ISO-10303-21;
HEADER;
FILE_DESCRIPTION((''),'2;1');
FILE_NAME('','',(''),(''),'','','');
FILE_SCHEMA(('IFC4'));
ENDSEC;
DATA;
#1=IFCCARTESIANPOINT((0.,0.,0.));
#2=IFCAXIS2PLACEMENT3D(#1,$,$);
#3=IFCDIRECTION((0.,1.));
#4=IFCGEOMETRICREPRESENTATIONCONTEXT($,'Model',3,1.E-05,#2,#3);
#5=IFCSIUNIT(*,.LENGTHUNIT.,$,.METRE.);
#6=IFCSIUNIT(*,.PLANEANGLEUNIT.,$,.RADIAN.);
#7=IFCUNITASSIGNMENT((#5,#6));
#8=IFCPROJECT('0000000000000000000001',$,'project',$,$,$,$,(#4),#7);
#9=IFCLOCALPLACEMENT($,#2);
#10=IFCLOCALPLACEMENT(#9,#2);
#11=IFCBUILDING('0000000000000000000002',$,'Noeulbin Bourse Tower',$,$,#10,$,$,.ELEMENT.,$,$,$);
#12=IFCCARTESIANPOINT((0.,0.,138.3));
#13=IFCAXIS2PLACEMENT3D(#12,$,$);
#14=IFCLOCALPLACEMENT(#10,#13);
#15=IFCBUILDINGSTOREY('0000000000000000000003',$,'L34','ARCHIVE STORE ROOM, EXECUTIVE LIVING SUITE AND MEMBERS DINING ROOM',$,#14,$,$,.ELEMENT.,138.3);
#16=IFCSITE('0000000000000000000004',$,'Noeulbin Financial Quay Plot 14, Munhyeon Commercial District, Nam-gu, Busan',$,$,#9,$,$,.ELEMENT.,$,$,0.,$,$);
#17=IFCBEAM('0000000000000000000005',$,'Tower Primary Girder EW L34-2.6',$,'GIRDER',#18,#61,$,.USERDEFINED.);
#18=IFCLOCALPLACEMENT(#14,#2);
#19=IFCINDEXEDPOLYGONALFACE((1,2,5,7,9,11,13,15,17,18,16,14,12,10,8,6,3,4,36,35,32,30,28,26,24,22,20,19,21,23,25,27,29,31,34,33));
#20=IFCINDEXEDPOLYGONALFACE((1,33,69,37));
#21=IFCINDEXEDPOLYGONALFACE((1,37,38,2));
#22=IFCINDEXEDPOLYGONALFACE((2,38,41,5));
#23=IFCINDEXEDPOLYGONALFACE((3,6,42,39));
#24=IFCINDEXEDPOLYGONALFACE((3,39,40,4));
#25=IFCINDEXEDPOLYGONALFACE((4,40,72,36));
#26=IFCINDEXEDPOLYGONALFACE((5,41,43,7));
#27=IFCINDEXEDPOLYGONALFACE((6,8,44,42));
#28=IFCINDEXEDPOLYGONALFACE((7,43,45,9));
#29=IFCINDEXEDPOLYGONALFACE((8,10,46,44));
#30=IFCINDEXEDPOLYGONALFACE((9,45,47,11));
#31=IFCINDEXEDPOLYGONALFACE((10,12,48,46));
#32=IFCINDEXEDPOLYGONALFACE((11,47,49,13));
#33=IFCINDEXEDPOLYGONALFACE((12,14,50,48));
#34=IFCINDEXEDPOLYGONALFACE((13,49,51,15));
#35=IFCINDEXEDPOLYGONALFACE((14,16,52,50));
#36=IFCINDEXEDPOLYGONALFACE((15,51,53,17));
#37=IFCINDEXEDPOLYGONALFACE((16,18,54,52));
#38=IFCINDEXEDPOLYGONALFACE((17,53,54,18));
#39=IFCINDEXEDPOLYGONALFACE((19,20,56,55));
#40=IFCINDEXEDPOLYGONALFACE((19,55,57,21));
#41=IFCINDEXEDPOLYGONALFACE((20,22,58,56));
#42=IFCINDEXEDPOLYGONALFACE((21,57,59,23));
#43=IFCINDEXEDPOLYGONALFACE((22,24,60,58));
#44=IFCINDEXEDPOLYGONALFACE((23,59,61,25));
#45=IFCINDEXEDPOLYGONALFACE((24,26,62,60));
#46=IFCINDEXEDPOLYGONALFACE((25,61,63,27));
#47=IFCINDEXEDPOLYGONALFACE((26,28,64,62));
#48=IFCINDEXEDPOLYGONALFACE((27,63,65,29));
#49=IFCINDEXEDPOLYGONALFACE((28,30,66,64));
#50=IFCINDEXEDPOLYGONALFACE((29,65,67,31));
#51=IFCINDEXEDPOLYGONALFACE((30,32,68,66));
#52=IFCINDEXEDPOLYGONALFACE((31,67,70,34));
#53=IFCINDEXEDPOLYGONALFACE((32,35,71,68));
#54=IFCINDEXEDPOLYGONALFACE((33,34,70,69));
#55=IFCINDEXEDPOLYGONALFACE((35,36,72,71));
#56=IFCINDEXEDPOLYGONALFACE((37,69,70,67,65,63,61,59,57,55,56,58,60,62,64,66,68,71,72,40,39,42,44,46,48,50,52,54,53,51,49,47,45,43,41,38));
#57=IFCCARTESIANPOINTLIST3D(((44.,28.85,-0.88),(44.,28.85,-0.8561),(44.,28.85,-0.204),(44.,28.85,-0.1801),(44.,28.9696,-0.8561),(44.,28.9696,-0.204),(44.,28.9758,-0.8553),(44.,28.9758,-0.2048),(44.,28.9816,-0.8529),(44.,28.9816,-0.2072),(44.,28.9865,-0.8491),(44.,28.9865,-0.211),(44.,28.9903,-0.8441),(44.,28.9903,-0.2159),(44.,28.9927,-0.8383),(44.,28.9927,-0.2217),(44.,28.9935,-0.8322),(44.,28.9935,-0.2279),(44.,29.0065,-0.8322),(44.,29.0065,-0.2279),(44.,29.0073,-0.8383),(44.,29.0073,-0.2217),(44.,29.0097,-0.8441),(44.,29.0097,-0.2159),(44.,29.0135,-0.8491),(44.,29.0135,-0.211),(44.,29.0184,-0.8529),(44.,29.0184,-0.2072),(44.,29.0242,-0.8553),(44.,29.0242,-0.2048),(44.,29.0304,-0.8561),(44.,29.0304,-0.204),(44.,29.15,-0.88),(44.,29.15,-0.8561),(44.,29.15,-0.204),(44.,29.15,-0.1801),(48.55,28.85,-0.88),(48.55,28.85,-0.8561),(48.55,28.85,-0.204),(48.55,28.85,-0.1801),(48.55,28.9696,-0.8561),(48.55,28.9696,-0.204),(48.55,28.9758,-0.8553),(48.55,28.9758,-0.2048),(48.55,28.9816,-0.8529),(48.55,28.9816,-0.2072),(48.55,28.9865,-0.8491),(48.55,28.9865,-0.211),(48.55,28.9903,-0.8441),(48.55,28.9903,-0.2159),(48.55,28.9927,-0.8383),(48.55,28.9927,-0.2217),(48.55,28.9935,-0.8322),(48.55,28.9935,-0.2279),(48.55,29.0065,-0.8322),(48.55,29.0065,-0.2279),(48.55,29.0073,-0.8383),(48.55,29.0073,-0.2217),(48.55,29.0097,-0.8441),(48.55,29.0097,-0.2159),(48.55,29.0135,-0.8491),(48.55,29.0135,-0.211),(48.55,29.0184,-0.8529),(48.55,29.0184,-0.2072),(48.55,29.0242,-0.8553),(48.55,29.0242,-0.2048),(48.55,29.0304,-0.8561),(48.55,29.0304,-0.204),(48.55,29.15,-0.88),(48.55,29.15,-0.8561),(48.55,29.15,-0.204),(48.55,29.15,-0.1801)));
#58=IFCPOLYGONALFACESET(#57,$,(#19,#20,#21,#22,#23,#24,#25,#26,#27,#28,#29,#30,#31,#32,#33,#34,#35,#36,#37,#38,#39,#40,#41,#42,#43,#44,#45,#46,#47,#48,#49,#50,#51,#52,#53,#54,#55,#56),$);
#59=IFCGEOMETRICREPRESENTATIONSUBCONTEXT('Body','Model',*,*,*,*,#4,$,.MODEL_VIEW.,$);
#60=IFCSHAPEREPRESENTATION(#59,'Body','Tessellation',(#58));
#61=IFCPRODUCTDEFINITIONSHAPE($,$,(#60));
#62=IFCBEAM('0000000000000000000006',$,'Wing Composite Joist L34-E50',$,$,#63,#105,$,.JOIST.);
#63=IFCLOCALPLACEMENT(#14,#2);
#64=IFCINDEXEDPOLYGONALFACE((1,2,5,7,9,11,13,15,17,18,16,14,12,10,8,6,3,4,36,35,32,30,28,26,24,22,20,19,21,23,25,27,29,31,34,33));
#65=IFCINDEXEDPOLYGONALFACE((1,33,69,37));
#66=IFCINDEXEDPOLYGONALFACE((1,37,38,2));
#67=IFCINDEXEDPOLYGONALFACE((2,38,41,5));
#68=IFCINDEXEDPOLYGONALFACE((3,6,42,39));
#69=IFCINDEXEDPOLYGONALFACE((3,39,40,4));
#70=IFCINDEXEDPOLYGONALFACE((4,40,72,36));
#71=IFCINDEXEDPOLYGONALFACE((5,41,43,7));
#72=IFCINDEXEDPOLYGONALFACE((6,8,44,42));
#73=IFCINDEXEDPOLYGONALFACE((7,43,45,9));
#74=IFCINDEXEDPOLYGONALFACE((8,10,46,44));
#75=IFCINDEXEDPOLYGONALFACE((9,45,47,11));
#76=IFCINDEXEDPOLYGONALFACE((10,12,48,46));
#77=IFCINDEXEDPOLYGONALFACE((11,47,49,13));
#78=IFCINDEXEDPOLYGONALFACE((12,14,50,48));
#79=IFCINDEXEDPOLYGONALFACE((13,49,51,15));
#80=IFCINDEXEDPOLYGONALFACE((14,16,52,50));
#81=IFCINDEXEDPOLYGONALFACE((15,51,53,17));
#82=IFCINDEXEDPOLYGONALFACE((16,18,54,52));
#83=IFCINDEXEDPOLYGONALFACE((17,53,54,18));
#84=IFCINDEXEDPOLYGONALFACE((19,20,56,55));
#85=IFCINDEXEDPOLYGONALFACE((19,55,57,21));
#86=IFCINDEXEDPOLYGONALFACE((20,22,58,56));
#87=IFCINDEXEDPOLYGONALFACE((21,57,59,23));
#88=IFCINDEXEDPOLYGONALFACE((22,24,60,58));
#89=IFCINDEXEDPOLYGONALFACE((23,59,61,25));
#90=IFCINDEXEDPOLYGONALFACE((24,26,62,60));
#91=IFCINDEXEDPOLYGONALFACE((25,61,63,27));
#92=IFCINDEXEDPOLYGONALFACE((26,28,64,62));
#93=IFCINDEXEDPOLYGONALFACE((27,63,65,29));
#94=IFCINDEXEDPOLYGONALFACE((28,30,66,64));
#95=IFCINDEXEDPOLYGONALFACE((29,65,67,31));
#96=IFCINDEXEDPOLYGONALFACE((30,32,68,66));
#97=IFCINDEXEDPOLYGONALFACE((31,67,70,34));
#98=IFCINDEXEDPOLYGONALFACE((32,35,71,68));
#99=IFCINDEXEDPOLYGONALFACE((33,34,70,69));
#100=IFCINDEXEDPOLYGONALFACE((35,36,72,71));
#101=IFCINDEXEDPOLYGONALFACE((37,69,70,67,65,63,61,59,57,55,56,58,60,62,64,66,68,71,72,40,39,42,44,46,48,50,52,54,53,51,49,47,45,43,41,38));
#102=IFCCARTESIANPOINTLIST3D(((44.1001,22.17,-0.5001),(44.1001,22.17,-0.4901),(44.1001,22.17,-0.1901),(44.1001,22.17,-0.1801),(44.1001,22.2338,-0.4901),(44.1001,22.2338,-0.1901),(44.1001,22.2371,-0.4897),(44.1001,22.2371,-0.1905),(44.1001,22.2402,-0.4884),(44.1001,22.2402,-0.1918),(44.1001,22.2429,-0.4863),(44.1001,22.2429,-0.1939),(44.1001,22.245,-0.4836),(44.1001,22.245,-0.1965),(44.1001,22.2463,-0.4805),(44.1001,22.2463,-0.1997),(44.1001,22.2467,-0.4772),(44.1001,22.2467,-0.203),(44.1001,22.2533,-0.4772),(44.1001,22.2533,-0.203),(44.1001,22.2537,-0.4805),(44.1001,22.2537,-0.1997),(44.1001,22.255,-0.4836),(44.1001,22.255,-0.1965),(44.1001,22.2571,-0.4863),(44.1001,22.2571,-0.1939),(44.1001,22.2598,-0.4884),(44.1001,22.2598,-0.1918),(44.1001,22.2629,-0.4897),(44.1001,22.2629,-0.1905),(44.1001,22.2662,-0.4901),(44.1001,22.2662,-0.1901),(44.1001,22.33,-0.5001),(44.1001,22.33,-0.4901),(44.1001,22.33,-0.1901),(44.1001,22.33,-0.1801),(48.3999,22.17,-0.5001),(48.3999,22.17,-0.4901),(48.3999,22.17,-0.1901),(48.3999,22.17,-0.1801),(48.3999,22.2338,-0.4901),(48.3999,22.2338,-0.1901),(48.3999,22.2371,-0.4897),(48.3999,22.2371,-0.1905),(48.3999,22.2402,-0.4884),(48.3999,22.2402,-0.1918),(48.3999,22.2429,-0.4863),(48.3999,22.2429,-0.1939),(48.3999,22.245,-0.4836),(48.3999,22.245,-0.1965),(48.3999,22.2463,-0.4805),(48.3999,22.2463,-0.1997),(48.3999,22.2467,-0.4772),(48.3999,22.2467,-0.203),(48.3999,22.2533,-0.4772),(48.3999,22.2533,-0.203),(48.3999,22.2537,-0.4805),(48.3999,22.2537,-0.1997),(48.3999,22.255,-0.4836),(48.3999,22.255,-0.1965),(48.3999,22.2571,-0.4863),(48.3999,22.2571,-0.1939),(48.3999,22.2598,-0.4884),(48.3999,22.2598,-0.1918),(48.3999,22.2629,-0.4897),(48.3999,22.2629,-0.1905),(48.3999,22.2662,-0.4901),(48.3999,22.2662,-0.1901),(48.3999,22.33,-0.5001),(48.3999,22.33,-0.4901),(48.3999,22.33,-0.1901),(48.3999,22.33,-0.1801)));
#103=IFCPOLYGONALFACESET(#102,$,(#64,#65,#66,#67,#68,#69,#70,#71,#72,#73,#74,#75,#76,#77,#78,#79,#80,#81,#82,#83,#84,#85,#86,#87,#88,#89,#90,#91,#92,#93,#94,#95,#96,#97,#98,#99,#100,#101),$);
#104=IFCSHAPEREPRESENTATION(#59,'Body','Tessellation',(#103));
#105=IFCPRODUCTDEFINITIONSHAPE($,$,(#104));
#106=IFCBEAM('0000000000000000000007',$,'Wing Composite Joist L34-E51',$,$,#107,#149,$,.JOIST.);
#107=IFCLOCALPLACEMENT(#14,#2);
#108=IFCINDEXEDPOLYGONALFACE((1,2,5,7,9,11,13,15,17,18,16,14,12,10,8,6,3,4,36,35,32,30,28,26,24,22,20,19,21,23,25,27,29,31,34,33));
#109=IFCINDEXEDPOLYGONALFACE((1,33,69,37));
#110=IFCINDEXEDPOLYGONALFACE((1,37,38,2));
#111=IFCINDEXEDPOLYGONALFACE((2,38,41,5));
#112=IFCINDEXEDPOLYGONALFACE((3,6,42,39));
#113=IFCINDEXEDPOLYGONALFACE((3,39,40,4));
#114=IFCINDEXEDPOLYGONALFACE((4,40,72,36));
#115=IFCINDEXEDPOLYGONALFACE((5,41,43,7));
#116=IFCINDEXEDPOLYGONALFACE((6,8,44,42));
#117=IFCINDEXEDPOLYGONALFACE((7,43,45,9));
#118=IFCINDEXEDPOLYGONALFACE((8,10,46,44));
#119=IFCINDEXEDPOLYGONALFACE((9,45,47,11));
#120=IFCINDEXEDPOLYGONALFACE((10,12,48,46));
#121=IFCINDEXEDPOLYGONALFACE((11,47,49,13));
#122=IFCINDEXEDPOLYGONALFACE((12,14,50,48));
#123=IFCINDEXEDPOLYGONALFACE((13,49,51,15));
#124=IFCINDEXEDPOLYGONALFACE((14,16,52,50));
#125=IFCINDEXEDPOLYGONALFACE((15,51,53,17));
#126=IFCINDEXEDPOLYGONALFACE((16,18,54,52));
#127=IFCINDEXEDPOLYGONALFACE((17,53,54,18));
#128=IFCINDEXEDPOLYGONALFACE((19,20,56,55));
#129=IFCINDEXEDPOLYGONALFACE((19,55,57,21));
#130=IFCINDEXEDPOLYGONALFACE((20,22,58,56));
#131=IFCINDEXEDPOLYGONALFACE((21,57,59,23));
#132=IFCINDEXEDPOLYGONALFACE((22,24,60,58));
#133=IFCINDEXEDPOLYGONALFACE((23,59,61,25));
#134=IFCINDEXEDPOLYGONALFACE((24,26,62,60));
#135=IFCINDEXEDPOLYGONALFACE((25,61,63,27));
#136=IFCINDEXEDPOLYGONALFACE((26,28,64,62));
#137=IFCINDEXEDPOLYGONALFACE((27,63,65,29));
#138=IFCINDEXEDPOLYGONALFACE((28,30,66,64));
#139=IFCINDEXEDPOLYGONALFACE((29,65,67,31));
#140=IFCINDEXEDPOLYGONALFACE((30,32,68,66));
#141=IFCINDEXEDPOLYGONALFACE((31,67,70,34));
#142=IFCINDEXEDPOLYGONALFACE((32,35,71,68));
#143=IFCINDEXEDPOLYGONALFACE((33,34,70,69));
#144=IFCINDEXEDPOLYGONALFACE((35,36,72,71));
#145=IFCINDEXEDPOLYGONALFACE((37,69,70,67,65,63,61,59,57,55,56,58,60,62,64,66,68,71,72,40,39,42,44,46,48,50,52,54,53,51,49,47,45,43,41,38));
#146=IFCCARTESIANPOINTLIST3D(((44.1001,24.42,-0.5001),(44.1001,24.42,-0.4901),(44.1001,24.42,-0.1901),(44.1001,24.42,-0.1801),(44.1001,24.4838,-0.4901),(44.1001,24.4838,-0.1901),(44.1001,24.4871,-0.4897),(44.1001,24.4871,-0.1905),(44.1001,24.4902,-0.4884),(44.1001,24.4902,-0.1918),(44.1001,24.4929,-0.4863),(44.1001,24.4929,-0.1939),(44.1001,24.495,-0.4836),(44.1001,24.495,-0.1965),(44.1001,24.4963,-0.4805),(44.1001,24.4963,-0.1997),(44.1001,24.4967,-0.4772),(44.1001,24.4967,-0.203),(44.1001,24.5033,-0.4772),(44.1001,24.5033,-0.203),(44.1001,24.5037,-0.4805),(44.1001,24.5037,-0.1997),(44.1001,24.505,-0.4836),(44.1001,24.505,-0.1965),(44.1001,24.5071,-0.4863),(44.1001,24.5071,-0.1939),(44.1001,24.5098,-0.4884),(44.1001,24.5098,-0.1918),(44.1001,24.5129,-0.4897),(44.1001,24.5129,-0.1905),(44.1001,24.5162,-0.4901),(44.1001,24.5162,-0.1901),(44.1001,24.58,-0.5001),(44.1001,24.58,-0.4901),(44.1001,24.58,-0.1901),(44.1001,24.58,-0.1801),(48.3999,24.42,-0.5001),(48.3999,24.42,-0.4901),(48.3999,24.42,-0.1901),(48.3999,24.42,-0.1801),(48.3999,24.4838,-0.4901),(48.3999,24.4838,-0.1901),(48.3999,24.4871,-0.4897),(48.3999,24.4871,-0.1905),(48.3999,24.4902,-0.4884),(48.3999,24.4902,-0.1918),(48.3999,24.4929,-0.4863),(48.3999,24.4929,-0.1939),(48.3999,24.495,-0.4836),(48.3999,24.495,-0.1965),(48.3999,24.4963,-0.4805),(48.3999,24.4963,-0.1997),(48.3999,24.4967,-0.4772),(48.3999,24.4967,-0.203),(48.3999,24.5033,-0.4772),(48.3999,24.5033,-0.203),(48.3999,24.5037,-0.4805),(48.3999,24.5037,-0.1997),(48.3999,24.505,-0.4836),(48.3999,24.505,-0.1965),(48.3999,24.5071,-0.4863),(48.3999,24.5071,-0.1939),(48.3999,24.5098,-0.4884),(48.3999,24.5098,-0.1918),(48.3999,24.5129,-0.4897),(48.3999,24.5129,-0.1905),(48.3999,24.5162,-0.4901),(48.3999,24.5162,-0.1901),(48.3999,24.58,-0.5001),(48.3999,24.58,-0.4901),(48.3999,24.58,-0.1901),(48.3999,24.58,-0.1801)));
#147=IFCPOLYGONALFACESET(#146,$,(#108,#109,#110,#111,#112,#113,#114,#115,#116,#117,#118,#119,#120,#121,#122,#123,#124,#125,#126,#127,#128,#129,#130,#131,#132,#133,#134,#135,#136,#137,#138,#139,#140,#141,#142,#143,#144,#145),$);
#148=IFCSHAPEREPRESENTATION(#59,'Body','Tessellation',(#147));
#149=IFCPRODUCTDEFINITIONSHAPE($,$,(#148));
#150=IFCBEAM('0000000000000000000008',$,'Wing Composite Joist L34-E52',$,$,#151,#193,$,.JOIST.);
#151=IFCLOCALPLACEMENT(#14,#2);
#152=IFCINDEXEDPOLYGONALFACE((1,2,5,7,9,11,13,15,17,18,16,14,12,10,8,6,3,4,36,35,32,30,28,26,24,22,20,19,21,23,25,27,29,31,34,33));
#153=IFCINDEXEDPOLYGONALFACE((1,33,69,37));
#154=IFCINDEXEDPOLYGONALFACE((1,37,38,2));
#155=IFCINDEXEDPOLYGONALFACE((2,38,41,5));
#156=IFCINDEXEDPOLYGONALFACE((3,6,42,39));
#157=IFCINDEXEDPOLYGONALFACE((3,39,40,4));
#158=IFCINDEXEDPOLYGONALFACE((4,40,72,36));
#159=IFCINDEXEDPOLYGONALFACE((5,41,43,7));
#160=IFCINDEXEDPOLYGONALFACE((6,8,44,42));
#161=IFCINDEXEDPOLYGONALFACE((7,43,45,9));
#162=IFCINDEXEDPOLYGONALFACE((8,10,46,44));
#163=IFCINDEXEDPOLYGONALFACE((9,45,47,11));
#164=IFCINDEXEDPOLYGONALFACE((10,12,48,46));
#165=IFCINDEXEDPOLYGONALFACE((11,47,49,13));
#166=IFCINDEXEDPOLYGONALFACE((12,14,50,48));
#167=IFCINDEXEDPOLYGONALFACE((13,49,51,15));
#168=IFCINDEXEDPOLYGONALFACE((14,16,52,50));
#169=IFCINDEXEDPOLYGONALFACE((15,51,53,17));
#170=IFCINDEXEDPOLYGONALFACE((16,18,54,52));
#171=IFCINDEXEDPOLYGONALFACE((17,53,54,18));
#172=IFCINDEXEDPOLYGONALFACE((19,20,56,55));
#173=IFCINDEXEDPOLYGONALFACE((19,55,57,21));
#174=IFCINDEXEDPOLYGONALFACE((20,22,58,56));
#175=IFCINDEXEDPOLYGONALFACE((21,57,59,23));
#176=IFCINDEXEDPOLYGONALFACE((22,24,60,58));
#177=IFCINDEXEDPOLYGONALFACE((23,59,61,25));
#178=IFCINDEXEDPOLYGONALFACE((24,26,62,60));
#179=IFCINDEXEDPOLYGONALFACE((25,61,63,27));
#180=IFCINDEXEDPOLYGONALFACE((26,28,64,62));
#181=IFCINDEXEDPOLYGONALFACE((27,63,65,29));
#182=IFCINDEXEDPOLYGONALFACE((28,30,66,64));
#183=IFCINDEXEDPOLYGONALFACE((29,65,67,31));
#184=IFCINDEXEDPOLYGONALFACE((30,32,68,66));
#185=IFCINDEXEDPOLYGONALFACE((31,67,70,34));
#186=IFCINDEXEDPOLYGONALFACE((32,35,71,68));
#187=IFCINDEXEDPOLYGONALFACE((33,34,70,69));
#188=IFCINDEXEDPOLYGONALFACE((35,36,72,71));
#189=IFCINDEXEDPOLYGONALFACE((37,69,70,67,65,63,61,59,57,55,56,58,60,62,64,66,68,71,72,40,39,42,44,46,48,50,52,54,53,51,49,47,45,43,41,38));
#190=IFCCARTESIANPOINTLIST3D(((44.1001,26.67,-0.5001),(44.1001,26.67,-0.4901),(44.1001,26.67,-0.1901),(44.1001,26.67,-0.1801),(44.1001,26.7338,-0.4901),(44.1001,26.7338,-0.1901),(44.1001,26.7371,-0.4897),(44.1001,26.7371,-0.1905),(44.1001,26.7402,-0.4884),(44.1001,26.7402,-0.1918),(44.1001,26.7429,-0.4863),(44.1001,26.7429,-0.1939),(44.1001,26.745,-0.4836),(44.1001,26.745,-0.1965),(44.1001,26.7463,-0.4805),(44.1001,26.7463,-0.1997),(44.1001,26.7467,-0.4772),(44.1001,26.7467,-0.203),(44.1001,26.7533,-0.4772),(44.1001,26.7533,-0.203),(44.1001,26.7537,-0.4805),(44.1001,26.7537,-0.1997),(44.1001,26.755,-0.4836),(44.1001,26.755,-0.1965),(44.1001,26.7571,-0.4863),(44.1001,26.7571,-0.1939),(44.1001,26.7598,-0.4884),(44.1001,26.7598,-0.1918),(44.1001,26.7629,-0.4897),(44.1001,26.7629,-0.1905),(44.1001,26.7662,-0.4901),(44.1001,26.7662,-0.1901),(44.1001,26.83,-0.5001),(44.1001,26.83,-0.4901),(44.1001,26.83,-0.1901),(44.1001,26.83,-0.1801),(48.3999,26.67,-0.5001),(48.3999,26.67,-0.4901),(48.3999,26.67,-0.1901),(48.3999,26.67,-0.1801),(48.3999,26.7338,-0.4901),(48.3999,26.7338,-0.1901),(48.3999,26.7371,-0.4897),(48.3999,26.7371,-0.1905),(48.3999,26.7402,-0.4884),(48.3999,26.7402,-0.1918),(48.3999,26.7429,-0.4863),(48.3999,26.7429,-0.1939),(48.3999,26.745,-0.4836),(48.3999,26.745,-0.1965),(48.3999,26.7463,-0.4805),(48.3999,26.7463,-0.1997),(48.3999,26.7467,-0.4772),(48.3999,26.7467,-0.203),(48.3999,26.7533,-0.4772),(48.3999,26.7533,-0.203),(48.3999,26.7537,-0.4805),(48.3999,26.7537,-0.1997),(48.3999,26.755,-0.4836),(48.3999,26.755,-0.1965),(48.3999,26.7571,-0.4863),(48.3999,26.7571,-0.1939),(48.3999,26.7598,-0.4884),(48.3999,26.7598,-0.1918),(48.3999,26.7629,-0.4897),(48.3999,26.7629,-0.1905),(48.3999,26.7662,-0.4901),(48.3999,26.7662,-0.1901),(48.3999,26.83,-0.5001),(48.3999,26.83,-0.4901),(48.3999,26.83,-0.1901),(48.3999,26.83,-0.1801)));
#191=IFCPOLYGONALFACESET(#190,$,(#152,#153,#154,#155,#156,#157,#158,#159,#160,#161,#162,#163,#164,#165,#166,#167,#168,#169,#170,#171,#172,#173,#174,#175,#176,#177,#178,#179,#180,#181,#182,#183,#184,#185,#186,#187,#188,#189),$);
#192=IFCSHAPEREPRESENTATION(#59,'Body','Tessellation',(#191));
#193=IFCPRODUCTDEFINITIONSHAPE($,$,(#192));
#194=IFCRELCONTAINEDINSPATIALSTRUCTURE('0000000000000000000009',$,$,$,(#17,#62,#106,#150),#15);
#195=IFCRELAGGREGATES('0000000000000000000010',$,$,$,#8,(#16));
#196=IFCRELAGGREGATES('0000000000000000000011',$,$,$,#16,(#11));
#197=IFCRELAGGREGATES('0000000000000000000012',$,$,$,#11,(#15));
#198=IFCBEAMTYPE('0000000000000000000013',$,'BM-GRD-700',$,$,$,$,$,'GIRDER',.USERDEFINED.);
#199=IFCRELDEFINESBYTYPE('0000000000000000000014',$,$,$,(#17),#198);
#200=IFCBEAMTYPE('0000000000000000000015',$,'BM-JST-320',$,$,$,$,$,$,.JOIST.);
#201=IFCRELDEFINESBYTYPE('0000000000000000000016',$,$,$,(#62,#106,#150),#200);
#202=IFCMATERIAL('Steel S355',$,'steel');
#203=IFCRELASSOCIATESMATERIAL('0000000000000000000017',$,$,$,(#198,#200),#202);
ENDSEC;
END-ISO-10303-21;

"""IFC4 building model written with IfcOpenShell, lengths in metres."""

from ifc_helpers import new_model, si_unit, direction, frame, origin, origin_2d, place, context, subcontext, project, spatial, i_section, extrude, material, material_profile, profile_set, type_object, element, save


model = new_model("IFC4")

# Units and contexts
model_context = context("Model", 3, precision=1e-05, world=origin(), true_north=direction((0.0, 1.0)))
body_context = subcontext(model_context, "Body", "Model", "MODEL_VIEW")
ifc_project = project(units=[si_unit("LENGTHUNIT", "METRE"), si_unit("PLANEANGLEUNIT", "RADIAN")], contexts=[model_context])

# Site, building, storey
site_placement = place(None, origin())
site = spatial("IfcSite", under=ifc_project, at=site_placement, Name="Noeulbin Financial Quay Plot 14, Munhyeon Commercial District, Nam-gu, Busan", CompositionType="ELEMENT", RefElevation=0.0)
building_placement = place(site_placement, origin())
building = spatial("IfcBuilding", under=site, at=building_placement, Name="Noeulbin Bourse Tower", CompositionType="ELEMENT")
storey_placement = place(building_placement, frame((0.0, 0.0, 138.3)))
storey = spatial("IfcBuildingStorey", under=building, at=storey_placement, Name="L34", Description="ARCHIVE STORE ROOM, EXECUTIVE LIVING SUITE AND MEMBERS DINING ROOM", CompositionType="ELEMENT", Elevation=138.3)

# Shared definitions
ifc_material_1 = material(Name="Steel S355", Category="steel")

# Beams
ifc_material_profile_1 = material_profile(ifc_material_1, i_section(OverallWidth=0.3, OverallDepth=0.7, WebThickness=0.0129, FlangeThickness=0.0239, FilletRadius=0.0239, at=origin_2d()), Name="H-700x300x13x24", Category="LoadBearing")
ifc_profile_set_1 = profile_set([ifc_material_profile_1], Name="Steel S355")
beam_type_1 = type_object("IfcBeamType", Name="BM-GRD-700", ElementType="GIRDER", PredefinedType="USERDEFINED", material=ifc_profile_set_1)
beam_1_placement = place(storey_placement, frame((44.0, 29.0, -0.53), z_axis=(1.0, 0.0, 0.0), x_axis=(0.0, 1.0, 0.0)))
element("IfcBeam", 1, at=beam_1_placement, inside=storey, type_object=beam_type_1, Name="Tower Primary Girder EW L34-2.6", ObjectType="GIRDER", PredefinedType="USERDEFINED", context=body_context, shape_type="SweptSolid", body=[
    extrude(i_section(OverallWidth=0.3, OverallDepth=0.7, WebThickness=0.0129, FlangeThickness=0.0239, FilletRadius=0.0239, at=origin_2d()), origin(), (0.0, 0.0, 1.0), 4.55),
])
ifc_material_profile_2 = material_profile(ifc_material_1, i_section(OverallWidth=0.1599, OverallDepth=0.3201, WebThickness=0.0066, FlangeThickness=0.01, FilletRadius=0.0129, at=origin_2d()), Name="H-320x160x6.5x10", Category="LoadBearing")
ifc_profile_set_2 = profile_set([ifc_material_profile_2], Name="Steel S355")
beam_type_2 = type_object("IfcBeamType", Name="BM-JST-320", PredefinedType="JOIST", material=ifc_profile_set_2)
for number, where, z_axis, x_axis, name in (
    (2, (44.1001, 22.25, -0.3401), (1.0, 0.0, 0.0), (0.0, 1.0, 0.0), "Wing Composite Joist L34-E50"),
    (3, (44.1001, 24.5, -0.3401), (1.0, 0.0, 0.0), (0.0, 1.0, 0.0), "Wing Composite Joist L34-E51"),
    (4, (44.1001, 26.75, -0.3401), (1.0, 0.0, 0.0), (0.0, 1.0, 0.0), "Wing Composite Joist L34-E52"),
):
    element("IfcBeam", number, at=place(storey_placement, frame(where, z_axis=z_axis, x_axis=x_axis)), inside=storey, type_object=beam_type_2, Name=name, PredefinedType="JOIST", context=body_context, shape_type="SweptSolid", body=[
        extrude(i_section(OverallWidth=0.1599, OverallDepth=0.3201, WebThickness=0.0066, FlangeThickness=0.01, FilletRadius=0.0129, at=origin_2d()), origin(), (0.0, 0.0, 1.0), 4.2998),
    ])

save(model, "model.ifc")
